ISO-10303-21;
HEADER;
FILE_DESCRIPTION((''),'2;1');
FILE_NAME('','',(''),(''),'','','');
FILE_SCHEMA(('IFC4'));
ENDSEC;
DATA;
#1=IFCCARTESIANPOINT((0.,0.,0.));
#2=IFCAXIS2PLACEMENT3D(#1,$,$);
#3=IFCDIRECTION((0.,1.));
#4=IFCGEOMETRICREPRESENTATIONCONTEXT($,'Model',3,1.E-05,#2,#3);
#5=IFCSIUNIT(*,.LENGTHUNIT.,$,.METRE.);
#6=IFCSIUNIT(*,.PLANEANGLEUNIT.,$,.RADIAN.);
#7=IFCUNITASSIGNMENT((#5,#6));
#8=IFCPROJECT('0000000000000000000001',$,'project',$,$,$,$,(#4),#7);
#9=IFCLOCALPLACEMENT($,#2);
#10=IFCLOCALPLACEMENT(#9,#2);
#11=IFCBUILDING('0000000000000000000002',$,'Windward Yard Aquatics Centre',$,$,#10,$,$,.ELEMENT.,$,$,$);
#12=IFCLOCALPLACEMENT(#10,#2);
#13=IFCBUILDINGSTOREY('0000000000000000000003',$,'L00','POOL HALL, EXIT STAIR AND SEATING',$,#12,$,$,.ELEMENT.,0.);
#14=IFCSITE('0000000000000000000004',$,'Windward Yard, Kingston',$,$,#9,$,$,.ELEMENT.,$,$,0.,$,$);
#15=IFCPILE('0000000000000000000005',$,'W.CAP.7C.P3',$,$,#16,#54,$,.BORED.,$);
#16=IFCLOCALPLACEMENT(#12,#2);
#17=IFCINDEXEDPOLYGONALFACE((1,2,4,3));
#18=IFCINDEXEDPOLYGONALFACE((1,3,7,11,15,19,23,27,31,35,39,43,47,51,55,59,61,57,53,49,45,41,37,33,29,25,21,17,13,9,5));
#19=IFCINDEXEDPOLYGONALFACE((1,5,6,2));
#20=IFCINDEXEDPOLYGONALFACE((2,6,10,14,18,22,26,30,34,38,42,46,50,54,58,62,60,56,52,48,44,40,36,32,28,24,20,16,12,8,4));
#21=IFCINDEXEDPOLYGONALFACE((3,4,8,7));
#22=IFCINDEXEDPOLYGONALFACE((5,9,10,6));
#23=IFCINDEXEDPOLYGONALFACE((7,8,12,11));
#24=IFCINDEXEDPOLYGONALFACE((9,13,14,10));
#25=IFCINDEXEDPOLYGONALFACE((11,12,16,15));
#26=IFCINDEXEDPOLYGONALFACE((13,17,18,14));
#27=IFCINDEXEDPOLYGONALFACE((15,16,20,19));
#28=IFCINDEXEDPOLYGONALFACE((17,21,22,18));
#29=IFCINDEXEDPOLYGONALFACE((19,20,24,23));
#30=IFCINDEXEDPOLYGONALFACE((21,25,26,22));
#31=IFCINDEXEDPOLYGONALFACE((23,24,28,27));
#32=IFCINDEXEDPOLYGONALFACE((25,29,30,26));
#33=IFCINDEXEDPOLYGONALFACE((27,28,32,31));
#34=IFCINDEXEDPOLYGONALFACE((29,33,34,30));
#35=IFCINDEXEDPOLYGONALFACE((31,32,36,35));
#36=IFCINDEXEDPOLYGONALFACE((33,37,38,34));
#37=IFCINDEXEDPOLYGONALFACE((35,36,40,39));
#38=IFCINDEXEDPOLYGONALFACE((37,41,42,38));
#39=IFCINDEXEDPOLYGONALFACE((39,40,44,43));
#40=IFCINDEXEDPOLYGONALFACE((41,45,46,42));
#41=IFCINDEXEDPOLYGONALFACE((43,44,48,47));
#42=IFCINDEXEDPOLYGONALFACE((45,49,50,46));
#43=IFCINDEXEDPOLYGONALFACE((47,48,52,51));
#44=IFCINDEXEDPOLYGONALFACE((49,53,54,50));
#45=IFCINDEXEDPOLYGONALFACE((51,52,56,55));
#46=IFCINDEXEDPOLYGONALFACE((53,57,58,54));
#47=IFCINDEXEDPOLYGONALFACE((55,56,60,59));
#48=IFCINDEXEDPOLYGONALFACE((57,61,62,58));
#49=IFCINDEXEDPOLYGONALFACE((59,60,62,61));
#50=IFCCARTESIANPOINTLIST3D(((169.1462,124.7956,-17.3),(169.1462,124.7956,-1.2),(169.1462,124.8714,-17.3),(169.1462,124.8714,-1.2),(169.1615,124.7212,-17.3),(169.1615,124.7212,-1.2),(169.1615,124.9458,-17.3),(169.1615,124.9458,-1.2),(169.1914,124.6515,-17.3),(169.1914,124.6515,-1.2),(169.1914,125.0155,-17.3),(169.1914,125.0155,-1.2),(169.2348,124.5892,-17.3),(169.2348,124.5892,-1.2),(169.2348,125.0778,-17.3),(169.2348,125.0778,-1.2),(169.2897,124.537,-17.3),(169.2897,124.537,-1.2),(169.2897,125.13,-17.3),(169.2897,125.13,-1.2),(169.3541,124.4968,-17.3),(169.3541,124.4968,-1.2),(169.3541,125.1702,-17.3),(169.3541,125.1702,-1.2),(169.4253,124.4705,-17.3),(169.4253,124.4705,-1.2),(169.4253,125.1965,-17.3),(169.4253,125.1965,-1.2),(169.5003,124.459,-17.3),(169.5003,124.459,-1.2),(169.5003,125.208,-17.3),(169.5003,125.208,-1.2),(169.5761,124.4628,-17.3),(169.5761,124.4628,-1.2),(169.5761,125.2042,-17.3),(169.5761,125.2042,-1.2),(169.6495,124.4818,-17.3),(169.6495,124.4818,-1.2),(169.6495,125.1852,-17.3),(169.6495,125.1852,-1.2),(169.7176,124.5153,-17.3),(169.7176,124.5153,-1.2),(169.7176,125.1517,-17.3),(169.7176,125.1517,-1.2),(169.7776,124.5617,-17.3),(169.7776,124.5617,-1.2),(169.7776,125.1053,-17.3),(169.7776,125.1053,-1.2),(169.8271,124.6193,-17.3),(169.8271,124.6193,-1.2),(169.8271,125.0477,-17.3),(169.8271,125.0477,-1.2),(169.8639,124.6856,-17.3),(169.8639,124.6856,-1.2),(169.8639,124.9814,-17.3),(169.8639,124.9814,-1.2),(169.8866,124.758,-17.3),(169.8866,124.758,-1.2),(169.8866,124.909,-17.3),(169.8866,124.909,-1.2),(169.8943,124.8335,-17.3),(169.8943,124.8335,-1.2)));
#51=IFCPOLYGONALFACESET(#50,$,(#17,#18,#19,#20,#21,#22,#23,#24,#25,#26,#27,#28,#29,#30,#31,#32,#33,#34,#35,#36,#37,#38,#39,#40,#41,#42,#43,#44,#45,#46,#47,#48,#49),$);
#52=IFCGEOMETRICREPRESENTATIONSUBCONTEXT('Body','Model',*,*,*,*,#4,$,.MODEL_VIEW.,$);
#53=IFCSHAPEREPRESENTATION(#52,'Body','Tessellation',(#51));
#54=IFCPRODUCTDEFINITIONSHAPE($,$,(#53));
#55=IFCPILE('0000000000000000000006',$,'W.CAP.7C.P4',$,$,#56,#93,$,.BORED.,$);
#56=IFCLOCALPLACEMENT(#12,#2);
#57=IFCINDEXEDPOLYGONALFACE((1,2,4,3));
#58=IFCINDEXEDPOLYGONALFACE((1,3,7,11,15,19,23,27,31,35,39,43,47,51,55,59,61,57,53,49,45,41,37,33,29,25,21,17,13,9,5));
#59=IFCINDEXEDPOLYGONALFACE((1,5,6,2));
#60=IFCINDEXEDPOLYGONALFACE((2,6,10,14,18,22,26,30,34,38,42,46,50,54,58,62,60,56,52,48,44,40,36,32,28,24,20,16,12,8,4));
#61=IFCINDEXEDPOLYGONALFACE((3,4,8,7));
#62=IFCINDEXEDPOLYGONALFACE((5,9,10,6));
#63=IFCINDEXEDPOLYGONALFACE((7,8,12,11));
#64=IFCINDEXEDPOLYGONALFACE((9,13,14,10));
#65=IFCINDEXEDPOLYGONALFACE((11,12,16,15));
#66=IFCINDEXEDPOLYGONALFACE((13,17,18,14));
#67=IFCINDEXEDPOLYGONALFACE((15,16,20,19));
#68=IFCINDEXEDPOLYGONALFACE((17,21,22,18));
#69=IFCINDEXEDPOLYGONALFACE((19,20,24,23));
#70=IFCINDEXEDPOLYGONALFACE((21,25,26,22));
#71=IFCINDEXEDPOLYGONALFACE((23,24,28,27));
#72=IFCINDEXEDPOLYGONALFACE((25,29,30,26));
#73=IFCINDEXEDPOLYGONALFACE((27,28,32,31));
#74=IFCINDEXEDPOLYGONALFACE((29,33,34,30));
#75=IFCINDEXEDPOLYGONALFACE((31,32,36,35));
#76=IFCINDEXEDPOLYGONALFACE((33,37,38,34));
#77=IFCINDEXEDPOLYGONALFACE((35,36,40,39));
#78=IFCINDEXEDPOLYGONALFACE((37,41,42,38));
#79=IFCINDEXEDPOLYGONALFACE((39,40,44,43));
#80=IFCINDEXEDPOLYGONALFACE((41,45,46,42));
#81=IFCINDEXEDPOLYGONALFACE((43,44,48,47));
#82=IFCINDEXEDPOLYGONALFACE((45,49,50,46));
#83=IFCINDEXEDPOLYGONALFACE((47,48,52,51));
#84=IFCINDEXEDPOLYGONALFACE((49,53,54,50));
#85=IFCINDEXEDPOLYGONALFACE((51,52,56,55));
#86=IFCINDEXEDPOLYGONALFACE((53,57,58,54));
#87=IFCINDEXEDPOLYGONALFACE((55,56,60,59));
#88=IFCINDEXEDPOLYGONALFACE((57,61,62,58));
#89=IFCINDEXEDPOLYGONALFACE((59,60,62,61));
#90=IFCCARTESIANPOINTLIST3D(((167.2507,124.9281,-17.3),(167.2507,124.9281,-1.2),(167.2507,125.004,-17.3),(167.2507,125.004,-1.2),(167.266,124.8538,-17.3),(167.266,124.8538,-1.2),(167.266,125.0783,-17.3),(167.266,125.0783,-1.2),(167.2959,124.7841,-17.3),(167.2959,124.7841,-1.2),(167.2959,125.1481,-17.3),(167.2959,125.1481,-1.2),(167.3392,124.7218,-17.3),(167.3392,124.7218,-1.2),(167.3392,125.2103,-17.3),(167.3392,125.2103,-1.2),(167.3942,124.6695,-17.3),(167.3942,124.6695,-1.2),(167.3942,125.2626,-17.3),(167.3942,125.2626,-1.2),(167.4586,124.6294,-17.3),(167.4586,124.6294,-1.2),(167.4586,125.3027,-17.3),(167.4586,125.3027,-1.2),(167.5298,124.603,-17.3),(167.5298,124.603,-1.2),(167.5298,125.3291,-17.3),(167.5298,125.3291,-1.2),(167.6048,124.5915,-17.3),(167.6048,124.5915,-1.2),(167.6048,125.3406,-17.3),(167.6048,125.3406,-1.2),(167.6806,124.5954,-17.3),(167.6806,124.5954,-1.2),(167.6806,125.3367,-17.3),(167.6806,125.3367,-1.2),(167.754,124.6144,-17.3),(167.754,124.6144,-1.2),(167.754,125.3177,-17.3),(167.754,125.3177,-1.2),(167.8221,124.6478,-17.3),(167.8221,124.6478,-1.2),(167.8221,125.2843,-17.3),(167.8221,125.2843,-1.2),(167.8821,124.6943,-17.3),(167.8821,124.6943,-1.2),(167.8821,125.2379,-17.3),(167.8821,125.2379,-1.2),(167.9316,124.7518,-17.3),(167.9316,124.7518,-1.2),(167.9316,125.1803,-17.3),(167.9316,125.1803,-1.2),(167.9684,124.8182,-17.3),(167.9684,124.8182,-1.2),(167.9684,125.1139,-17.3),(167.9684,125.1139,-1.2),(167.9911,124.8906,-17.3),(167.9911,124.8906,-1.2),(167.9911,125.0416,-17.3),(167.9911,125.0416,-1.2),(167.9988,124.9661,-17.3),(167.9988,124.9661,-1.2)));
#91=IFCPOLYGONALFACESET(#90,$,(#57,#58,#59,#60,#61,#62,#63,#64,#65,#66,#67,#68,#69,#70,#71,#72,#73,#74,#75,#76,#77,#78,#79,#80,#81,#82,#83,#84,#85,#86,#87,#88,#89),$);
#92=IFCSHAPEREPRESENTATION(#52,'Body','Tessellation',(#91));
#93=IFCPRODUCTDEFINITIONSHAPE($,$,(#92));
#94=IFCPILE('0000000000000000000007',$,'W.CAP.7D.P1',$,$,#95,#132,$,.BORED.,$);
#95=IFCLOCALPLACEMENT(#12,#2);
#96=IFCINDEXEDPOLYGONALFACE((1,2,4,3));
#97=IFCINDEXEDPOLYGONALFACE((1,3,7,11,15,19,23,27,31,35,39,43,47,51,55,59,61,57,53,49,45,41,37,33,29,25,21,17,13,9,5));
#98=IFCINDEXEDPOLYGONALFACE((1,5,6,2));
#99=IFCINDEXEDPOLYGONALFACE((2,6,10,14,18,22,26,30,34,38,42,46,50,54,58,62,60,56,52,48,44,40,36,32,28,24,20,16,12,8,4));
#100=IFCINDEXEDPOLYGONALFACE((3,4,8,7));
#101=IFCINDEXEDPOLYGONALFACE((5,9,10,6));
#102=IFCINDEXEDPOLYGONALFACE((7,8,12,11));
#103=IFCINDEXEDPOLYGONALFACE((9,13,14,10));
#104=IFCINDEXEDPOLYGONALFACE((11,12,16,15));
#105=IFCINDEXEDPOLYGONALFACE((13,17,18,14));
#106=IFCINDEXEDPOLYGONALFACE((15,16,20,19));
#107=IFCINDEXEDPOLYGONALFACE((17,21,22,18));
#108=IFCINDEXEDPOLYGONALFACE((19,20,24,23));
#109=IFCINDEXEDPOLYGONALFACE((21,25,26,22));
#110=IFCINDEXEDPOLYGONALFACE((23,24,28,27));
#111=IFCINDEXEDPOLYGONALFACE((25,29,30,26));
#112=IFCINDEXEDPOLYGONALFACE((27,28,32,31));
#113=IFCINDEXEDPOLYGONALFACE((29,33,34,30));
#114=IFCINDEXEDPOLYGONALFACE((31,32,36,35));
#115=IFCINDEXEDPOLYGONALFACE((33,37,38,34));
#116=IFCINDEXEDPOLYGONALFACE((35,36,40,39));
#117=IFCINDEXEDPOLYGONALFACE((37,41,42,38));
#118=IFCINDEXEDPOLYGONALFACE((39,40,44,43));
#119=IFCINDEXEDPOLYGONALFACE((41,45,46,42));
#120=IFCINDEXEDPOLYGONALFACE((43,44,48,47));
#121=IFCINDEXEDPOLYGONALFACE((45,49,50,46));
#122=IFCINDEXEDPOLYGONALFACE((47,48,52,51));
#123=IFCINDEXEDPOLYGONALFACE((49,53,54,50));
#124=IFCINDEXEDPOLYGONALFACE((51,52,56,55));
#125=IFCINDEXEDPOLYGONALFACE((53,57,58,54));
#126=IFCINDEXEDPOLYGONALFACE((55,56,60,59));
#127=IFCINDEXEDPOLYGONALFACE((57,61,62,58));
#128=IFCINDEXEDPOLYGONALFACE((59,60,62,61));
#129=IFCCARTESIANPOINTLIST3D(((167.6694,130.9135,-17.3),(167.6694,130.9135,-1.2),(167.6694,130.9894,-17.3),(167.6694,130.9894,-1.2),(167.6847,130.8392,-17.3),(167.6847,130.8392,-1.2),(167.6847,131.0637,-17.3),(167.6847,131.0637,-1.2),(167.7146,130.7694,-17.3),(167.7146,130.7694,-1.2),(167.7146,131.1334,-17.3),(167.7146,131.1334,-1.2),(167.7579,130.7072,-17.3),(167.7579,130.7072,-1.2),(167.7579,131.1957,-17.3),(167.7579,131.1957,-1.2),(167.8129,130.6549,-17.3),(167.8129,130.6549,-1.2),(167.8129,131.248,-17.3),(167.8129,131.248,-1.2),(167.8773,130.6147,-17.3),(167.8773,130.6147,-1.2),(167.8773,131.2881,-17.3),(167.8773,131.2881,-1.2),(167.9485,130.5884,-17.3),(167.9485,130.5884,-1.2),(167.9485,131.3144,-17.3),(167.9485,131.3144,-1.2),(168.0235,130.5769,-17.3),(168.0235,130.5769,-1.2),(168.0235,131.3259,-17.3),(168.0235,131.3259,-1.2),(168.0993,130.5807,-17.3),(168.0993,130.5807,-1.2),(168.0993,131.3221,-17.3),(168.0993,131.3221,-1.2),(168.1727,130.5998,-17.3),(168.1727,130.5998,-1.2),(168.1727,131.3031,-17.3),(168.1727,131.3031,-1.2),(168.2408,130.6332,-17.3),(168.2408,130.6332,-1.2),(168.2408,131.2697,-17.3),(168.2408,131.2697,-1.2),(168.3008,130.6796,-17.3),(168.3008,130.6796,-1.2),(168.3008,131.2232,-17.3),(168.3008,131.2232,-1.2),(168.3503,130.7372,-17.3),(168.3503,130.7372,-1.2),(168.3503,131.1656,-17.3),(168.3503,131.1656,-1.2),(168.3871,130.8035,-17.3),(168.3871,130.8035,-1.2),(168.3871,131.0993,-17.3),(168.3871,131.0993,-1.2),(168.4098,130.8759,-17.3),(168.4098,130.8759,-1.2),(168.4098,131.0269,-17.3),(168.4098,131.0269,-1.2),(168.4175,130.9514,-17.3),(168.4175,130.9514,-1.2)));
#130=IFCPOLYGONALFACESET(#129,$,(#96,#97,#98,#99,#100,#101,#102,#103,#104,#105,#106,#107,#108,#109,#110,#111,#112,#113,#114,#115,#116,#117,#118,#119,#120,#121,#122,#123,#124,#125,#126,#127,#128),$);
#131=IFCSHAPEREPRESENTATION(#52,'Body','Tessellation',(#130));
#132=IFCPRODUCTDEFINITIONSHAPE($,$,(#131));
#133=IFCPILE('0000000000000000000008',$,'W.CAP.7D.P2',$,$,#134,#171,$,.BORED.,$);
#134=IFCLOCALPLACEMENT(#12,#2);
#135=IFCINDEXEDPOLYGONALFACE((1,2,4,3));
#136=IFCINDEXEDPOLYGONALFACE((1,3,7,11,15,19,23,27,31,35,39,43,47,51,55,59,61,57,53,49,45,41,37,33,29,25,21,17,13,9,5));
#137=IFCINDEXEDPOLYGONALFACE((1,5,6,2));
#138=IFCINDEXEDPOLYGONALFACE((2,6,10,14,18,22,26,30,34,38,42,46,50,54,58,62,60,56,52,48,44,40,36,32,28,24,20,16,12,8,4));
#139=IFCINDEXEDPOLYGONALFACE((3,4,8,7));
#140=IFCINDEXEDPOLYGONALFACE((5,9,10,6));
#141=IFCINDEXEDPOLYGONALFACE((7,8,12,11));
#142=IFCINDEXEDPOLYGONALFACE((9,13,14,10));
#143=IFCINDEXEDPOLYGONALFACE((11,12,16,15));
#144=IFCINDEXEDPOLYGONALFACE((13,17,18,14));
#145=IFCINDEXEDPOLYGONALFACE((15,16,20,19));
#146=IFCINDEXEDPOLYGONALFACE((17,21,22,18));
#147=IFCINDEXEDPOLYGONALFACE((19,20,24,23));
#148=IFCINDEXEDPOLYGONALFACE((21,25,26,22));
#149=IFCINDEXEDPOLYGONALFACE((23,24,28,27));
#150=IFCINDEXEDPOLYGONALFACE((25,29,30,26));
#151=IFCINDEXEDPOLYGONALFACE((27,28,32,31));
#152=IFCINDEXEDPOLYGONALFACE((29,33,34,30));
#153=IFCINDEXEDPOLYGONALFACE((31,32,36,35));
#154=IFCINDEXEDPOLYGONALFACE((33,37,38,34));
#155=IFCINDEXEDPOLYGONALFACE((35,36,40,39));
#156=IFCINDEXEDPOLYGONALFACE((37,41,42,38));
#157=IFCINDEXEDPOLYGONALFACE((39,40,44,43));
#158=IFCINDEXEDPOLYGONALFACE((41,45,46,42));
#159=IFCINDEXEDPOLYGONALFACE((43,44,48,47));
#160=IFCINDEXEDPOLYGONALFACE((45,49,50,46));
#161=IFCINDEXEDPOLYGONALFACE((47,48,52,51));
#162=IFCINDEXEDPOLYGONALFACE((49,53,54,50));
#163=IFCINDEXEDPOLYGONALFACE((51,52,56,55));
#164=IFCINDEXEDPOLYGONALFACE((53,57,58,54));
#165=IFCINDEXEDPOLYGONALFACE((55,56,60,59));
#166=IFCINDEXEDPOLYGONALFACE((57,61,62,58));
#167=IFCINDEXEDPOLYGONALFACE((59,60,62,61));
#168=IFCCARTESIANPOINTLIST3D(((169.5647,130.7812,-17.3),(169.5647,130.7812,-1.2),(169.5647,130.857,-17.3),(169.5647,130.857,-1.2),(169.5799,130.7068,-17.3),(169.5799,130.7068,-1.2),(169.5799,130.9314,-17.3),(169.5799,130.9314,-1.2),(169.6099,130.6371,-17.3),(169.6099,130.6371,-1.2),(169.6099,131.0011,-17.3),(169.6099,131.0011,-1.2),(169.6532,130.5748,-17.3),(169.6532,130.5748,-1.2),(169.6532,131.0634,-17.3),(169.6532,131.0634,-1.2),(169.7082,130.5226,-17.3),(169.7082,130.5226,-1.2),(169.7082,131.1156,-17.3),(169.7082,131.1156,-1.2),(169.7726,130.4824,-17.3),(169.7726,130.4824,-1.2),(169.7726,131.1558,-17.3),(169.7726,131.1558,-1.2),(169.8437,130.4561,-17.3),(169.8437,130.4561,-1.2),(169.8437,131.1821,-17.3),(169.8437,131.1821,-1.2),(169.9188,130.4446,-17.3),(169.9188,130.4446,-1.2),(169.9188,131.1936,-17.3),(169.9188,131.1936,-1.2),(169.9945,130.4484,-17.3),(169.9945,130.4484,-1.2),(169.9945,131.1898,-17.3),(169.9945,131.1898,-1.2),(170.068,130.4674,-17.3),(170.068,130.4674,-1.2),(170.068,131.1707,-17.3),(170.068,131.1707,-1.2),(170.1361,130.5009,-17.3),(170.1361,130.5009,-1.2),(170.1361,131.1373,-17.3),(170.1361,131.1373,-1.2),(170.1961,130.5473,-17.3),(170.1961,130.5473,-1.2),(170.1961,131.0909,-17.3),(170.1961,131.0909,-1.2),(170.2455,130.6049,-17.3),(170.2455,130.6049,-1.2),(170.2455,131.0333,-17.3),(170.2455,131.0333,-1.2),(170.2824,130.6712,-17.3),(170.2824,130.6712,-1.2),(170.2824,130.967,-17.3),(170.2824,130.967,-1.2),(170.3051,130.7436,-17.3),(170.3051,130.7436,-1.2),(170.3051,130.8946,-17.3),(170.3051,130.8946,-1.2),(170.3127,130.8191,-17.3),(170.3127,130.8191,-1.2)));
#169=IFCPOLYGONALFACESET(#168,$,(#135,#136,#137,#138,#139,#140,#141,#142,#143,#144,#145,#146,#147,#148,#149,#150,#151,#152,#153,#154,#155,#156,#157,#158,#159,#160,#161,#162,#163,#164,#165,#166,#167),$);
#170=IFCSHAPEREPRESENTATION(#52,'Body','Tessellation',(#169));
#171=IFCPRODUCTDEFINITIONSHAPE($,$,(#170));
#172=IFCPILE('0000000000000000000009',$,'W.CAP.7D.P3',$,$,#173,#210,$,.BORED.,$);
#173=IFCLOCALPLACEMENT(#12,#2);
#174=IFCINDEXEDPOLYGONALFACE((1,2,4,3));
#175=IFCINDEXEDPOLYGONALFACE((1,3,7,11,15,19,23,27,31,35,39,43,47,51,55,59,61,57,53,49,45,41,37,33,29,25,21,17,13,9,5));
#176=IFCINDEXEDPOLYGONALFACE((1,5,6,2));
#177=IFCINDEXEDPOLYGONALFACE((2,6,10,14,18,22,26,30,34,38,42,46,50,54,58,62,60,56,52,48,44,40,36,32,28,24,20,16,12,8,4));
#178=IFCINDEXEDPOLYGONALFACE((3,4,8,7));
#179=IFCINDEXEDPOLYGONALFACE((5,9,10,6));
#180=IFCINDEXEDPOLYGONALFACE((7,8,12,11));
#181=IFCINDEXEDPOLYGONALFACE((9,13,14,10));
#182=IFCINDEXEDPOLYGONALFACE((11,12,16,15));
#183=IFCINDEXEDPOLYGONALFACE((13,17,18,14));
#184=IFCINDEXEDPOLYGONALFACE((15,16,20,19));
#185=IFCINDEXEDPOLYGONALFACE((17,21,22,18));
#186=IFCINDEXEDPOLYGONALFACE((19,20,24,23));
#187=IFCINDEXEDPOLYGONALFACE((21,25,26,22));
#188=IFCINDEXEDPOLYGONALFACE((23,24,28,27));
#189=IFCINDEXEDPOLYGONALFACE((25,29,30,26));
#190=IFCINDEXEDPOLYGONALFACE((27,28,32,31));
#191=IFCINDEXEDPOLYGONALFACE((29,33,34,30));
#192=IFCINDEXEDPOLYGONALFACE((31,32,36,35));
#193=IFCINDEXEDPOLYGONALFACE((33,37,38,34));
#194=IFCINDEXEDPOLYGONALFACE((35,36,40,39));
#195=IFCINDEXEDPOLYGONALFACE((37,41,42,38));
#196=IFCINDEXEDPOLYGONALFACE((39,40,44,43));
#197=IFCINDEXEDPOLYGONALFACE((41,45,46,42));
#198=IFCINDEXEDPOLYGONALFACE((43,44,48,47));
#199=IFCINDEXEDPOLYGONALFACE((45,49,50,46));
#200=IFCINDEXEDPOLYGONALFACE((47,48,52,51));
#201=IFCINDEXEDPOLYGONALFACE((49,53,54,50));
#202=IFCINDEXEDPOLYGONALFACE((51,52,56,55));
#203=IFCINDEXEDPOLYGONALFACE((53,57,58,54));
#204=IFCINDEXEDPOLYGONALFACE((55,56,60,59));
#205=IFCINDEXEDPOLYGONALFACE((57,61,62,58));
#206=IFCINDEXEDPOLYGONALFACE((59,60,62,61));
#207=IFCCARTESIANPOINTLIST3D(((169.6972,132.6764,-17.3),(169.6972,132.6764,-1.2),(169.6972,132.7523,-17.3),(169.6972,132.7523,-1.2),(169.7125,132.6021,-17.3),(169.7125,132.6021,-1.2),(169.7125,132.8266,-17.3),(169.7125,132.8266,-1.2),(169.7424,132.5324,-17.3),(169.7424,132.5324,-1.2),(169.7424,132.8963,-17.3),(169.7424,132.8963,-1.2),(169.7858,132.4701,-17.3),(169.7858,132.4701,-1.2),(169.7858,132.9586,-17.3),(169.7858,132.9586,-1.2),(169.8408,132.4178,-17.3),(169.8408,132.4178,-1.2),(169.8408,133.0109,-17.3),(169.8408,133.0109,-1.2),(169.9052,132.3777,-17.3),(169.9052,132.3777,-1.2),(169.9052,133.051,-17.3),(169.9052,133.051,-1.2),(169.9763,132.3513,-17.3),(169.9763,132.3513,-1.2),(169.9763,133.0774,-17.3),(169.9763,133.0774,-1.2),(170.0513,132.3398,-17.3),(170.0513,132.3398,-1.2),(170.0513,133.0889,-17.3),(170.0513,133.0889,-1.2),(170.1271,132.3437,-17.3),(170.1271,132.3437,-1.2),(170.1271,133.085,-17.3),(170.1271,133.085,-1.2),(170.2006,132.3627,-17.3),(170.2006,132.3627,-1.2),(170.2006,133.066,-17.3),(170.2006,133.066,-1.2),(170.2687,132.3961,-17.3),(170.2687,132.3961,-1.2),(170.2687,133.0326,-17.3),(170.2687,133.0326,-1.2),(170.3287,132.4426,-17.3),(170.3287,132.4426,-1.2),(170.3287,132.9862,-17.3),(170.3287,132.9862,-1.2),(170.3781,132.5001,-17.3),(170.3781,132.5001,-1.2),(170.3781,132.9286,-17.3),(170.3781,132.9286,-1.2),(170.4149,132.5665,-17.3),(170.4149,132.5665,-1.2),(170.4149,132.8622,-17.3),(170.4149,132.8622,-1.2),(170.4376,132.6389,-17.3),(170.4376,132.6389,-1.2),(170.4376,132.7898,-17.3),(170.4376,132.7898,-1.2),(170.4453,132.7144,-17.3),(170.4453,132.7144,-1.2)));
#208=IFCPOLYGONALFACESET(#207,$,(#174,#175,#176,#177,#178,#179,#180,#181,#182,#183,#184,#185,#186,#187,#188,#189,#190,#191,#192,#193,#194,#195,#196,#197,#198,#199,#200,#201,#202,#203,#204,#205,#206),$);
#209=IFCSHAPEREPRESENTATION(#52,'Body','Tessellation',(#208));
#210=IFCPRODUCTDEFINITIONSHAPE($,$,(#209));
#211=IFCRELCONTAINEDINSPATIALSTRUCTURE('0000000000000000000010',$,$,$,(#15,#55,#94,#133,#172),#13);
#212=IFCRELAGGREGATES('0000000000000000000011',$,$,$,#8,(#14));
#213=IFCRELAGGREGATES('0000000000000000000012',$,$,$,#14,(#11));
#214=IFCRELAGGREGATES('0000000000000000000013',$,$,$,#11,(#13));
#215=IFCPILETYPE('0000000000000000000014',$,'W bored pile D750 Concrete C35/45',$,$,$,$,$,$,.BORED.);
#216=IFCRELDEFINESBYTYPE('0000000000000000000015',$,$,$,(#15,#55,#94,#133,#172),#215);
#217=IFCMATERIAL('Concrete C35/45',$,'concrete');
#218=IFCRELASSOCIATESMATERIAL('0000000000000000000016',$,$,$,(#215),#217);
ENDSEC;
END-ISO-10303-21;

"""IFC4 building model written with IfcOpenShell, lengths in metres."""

from ifc_helpers import new_model, si_unit, direction, frame, origin, origin_2d, place, context, subcontext, project, spatial, circle, extrude, material, material_profile, profile_set, type_object, element, save


model = new_model("IFC4")

# Units and contexts
model_context = context("Model", 3, precision=1e-05, world=origin(), true_north=direction((0.0, 1.0)))
body_context = subcontext(model_context, "Body", "Model", "MODEL_VIEW")
ifc_project = project(units=[si_unit("LENGTHUNIT", "METRE"), si_unit("PLANEANGLEUNIT", "RADIAN")], contexts=[model_context])

# Site, building, storey
site_placement = place(None, origin())
site = spatial("IfcSite", under=ifc_project, at=site_placement, Name="Windward Yard, Kingston", CompositionType="ELEMENT", RefElevation=0.0)
building_placement = place(site_placement, origin())
building = spatial("IfcBuilding", under=site, at=building_placement, Name="Windward Yard Aquatics Centre", CompositionType="ELEMENT")
storey_placement = place(building_placement, origin())
storey = spatial("IfcBuildingStorey", under=building, at=storey_placement, Name="L00", Description="POOL HALL, EXIT STAIR AND SEATING", CompositionType="ELEMENT", Elevation=0.0)

# Piles
ifc_material_1 = material(Name="Concrete C35/45", Category="concrete")
ifc_material_profile_1 = material_profile(ifc_material_1, circle(Radius=0.375, at=origin_2d()), Name="D750")
ifc_profile_set_1 = profile_set([ifc_material_profile_1], Name="Concrete C35/45")
pile_type = type_object("IfcPileType", Name="W bored pile D750 Concrete C35/45", PredefinedType="BORED", material=ifc_profile_set_1)
for number, where, z_axis, x_axis, name in (
    (1, (169.5193, 124.8335, -1.2), (0.0, 0.0, -1.0), (1.0, 0.0, 0.0), "W.CAP.7C.P3"),
    (2, (167.6238, 124.9661, -1.2), (0.0, 0.0, -1.0), (1.0, 0.0, 0.0), "W.CAP.7C.P4"),
    (3, (168.0425, 130.9514, -1.2), (0.0, 0.0, -1.0), (1.0, 0.0, 0.0), "W.CAP.7D.P1"),
    (4, (169.9377, 130.8191, -1.2), (0.0, 0.0, -1.0), (1.0, 0.0, 0.0), "W.CAP.7D.P2"),
    (5, (170.0703, 132.7144, -1.2), (0.0, 0.0, -1.0), (1.0, 0.0, 0.0), "W.CAP.7D.P3"),
):
    element("IfcPile", number, at=place(storey_placement, frame(where, z_axis=z_axis, x_axis=x_axis)), inside=storey, type_object=pile_type, Name=name, PredefinedType="BORED", context=body_context, shape_type="SweptSolid", body=[
        extrude(circle(Radius=0.375, at=origin_2d()), origin(), (0.0, 0.0, 1.0), 16.1001),
    ])

save(model, "model.ifc")
